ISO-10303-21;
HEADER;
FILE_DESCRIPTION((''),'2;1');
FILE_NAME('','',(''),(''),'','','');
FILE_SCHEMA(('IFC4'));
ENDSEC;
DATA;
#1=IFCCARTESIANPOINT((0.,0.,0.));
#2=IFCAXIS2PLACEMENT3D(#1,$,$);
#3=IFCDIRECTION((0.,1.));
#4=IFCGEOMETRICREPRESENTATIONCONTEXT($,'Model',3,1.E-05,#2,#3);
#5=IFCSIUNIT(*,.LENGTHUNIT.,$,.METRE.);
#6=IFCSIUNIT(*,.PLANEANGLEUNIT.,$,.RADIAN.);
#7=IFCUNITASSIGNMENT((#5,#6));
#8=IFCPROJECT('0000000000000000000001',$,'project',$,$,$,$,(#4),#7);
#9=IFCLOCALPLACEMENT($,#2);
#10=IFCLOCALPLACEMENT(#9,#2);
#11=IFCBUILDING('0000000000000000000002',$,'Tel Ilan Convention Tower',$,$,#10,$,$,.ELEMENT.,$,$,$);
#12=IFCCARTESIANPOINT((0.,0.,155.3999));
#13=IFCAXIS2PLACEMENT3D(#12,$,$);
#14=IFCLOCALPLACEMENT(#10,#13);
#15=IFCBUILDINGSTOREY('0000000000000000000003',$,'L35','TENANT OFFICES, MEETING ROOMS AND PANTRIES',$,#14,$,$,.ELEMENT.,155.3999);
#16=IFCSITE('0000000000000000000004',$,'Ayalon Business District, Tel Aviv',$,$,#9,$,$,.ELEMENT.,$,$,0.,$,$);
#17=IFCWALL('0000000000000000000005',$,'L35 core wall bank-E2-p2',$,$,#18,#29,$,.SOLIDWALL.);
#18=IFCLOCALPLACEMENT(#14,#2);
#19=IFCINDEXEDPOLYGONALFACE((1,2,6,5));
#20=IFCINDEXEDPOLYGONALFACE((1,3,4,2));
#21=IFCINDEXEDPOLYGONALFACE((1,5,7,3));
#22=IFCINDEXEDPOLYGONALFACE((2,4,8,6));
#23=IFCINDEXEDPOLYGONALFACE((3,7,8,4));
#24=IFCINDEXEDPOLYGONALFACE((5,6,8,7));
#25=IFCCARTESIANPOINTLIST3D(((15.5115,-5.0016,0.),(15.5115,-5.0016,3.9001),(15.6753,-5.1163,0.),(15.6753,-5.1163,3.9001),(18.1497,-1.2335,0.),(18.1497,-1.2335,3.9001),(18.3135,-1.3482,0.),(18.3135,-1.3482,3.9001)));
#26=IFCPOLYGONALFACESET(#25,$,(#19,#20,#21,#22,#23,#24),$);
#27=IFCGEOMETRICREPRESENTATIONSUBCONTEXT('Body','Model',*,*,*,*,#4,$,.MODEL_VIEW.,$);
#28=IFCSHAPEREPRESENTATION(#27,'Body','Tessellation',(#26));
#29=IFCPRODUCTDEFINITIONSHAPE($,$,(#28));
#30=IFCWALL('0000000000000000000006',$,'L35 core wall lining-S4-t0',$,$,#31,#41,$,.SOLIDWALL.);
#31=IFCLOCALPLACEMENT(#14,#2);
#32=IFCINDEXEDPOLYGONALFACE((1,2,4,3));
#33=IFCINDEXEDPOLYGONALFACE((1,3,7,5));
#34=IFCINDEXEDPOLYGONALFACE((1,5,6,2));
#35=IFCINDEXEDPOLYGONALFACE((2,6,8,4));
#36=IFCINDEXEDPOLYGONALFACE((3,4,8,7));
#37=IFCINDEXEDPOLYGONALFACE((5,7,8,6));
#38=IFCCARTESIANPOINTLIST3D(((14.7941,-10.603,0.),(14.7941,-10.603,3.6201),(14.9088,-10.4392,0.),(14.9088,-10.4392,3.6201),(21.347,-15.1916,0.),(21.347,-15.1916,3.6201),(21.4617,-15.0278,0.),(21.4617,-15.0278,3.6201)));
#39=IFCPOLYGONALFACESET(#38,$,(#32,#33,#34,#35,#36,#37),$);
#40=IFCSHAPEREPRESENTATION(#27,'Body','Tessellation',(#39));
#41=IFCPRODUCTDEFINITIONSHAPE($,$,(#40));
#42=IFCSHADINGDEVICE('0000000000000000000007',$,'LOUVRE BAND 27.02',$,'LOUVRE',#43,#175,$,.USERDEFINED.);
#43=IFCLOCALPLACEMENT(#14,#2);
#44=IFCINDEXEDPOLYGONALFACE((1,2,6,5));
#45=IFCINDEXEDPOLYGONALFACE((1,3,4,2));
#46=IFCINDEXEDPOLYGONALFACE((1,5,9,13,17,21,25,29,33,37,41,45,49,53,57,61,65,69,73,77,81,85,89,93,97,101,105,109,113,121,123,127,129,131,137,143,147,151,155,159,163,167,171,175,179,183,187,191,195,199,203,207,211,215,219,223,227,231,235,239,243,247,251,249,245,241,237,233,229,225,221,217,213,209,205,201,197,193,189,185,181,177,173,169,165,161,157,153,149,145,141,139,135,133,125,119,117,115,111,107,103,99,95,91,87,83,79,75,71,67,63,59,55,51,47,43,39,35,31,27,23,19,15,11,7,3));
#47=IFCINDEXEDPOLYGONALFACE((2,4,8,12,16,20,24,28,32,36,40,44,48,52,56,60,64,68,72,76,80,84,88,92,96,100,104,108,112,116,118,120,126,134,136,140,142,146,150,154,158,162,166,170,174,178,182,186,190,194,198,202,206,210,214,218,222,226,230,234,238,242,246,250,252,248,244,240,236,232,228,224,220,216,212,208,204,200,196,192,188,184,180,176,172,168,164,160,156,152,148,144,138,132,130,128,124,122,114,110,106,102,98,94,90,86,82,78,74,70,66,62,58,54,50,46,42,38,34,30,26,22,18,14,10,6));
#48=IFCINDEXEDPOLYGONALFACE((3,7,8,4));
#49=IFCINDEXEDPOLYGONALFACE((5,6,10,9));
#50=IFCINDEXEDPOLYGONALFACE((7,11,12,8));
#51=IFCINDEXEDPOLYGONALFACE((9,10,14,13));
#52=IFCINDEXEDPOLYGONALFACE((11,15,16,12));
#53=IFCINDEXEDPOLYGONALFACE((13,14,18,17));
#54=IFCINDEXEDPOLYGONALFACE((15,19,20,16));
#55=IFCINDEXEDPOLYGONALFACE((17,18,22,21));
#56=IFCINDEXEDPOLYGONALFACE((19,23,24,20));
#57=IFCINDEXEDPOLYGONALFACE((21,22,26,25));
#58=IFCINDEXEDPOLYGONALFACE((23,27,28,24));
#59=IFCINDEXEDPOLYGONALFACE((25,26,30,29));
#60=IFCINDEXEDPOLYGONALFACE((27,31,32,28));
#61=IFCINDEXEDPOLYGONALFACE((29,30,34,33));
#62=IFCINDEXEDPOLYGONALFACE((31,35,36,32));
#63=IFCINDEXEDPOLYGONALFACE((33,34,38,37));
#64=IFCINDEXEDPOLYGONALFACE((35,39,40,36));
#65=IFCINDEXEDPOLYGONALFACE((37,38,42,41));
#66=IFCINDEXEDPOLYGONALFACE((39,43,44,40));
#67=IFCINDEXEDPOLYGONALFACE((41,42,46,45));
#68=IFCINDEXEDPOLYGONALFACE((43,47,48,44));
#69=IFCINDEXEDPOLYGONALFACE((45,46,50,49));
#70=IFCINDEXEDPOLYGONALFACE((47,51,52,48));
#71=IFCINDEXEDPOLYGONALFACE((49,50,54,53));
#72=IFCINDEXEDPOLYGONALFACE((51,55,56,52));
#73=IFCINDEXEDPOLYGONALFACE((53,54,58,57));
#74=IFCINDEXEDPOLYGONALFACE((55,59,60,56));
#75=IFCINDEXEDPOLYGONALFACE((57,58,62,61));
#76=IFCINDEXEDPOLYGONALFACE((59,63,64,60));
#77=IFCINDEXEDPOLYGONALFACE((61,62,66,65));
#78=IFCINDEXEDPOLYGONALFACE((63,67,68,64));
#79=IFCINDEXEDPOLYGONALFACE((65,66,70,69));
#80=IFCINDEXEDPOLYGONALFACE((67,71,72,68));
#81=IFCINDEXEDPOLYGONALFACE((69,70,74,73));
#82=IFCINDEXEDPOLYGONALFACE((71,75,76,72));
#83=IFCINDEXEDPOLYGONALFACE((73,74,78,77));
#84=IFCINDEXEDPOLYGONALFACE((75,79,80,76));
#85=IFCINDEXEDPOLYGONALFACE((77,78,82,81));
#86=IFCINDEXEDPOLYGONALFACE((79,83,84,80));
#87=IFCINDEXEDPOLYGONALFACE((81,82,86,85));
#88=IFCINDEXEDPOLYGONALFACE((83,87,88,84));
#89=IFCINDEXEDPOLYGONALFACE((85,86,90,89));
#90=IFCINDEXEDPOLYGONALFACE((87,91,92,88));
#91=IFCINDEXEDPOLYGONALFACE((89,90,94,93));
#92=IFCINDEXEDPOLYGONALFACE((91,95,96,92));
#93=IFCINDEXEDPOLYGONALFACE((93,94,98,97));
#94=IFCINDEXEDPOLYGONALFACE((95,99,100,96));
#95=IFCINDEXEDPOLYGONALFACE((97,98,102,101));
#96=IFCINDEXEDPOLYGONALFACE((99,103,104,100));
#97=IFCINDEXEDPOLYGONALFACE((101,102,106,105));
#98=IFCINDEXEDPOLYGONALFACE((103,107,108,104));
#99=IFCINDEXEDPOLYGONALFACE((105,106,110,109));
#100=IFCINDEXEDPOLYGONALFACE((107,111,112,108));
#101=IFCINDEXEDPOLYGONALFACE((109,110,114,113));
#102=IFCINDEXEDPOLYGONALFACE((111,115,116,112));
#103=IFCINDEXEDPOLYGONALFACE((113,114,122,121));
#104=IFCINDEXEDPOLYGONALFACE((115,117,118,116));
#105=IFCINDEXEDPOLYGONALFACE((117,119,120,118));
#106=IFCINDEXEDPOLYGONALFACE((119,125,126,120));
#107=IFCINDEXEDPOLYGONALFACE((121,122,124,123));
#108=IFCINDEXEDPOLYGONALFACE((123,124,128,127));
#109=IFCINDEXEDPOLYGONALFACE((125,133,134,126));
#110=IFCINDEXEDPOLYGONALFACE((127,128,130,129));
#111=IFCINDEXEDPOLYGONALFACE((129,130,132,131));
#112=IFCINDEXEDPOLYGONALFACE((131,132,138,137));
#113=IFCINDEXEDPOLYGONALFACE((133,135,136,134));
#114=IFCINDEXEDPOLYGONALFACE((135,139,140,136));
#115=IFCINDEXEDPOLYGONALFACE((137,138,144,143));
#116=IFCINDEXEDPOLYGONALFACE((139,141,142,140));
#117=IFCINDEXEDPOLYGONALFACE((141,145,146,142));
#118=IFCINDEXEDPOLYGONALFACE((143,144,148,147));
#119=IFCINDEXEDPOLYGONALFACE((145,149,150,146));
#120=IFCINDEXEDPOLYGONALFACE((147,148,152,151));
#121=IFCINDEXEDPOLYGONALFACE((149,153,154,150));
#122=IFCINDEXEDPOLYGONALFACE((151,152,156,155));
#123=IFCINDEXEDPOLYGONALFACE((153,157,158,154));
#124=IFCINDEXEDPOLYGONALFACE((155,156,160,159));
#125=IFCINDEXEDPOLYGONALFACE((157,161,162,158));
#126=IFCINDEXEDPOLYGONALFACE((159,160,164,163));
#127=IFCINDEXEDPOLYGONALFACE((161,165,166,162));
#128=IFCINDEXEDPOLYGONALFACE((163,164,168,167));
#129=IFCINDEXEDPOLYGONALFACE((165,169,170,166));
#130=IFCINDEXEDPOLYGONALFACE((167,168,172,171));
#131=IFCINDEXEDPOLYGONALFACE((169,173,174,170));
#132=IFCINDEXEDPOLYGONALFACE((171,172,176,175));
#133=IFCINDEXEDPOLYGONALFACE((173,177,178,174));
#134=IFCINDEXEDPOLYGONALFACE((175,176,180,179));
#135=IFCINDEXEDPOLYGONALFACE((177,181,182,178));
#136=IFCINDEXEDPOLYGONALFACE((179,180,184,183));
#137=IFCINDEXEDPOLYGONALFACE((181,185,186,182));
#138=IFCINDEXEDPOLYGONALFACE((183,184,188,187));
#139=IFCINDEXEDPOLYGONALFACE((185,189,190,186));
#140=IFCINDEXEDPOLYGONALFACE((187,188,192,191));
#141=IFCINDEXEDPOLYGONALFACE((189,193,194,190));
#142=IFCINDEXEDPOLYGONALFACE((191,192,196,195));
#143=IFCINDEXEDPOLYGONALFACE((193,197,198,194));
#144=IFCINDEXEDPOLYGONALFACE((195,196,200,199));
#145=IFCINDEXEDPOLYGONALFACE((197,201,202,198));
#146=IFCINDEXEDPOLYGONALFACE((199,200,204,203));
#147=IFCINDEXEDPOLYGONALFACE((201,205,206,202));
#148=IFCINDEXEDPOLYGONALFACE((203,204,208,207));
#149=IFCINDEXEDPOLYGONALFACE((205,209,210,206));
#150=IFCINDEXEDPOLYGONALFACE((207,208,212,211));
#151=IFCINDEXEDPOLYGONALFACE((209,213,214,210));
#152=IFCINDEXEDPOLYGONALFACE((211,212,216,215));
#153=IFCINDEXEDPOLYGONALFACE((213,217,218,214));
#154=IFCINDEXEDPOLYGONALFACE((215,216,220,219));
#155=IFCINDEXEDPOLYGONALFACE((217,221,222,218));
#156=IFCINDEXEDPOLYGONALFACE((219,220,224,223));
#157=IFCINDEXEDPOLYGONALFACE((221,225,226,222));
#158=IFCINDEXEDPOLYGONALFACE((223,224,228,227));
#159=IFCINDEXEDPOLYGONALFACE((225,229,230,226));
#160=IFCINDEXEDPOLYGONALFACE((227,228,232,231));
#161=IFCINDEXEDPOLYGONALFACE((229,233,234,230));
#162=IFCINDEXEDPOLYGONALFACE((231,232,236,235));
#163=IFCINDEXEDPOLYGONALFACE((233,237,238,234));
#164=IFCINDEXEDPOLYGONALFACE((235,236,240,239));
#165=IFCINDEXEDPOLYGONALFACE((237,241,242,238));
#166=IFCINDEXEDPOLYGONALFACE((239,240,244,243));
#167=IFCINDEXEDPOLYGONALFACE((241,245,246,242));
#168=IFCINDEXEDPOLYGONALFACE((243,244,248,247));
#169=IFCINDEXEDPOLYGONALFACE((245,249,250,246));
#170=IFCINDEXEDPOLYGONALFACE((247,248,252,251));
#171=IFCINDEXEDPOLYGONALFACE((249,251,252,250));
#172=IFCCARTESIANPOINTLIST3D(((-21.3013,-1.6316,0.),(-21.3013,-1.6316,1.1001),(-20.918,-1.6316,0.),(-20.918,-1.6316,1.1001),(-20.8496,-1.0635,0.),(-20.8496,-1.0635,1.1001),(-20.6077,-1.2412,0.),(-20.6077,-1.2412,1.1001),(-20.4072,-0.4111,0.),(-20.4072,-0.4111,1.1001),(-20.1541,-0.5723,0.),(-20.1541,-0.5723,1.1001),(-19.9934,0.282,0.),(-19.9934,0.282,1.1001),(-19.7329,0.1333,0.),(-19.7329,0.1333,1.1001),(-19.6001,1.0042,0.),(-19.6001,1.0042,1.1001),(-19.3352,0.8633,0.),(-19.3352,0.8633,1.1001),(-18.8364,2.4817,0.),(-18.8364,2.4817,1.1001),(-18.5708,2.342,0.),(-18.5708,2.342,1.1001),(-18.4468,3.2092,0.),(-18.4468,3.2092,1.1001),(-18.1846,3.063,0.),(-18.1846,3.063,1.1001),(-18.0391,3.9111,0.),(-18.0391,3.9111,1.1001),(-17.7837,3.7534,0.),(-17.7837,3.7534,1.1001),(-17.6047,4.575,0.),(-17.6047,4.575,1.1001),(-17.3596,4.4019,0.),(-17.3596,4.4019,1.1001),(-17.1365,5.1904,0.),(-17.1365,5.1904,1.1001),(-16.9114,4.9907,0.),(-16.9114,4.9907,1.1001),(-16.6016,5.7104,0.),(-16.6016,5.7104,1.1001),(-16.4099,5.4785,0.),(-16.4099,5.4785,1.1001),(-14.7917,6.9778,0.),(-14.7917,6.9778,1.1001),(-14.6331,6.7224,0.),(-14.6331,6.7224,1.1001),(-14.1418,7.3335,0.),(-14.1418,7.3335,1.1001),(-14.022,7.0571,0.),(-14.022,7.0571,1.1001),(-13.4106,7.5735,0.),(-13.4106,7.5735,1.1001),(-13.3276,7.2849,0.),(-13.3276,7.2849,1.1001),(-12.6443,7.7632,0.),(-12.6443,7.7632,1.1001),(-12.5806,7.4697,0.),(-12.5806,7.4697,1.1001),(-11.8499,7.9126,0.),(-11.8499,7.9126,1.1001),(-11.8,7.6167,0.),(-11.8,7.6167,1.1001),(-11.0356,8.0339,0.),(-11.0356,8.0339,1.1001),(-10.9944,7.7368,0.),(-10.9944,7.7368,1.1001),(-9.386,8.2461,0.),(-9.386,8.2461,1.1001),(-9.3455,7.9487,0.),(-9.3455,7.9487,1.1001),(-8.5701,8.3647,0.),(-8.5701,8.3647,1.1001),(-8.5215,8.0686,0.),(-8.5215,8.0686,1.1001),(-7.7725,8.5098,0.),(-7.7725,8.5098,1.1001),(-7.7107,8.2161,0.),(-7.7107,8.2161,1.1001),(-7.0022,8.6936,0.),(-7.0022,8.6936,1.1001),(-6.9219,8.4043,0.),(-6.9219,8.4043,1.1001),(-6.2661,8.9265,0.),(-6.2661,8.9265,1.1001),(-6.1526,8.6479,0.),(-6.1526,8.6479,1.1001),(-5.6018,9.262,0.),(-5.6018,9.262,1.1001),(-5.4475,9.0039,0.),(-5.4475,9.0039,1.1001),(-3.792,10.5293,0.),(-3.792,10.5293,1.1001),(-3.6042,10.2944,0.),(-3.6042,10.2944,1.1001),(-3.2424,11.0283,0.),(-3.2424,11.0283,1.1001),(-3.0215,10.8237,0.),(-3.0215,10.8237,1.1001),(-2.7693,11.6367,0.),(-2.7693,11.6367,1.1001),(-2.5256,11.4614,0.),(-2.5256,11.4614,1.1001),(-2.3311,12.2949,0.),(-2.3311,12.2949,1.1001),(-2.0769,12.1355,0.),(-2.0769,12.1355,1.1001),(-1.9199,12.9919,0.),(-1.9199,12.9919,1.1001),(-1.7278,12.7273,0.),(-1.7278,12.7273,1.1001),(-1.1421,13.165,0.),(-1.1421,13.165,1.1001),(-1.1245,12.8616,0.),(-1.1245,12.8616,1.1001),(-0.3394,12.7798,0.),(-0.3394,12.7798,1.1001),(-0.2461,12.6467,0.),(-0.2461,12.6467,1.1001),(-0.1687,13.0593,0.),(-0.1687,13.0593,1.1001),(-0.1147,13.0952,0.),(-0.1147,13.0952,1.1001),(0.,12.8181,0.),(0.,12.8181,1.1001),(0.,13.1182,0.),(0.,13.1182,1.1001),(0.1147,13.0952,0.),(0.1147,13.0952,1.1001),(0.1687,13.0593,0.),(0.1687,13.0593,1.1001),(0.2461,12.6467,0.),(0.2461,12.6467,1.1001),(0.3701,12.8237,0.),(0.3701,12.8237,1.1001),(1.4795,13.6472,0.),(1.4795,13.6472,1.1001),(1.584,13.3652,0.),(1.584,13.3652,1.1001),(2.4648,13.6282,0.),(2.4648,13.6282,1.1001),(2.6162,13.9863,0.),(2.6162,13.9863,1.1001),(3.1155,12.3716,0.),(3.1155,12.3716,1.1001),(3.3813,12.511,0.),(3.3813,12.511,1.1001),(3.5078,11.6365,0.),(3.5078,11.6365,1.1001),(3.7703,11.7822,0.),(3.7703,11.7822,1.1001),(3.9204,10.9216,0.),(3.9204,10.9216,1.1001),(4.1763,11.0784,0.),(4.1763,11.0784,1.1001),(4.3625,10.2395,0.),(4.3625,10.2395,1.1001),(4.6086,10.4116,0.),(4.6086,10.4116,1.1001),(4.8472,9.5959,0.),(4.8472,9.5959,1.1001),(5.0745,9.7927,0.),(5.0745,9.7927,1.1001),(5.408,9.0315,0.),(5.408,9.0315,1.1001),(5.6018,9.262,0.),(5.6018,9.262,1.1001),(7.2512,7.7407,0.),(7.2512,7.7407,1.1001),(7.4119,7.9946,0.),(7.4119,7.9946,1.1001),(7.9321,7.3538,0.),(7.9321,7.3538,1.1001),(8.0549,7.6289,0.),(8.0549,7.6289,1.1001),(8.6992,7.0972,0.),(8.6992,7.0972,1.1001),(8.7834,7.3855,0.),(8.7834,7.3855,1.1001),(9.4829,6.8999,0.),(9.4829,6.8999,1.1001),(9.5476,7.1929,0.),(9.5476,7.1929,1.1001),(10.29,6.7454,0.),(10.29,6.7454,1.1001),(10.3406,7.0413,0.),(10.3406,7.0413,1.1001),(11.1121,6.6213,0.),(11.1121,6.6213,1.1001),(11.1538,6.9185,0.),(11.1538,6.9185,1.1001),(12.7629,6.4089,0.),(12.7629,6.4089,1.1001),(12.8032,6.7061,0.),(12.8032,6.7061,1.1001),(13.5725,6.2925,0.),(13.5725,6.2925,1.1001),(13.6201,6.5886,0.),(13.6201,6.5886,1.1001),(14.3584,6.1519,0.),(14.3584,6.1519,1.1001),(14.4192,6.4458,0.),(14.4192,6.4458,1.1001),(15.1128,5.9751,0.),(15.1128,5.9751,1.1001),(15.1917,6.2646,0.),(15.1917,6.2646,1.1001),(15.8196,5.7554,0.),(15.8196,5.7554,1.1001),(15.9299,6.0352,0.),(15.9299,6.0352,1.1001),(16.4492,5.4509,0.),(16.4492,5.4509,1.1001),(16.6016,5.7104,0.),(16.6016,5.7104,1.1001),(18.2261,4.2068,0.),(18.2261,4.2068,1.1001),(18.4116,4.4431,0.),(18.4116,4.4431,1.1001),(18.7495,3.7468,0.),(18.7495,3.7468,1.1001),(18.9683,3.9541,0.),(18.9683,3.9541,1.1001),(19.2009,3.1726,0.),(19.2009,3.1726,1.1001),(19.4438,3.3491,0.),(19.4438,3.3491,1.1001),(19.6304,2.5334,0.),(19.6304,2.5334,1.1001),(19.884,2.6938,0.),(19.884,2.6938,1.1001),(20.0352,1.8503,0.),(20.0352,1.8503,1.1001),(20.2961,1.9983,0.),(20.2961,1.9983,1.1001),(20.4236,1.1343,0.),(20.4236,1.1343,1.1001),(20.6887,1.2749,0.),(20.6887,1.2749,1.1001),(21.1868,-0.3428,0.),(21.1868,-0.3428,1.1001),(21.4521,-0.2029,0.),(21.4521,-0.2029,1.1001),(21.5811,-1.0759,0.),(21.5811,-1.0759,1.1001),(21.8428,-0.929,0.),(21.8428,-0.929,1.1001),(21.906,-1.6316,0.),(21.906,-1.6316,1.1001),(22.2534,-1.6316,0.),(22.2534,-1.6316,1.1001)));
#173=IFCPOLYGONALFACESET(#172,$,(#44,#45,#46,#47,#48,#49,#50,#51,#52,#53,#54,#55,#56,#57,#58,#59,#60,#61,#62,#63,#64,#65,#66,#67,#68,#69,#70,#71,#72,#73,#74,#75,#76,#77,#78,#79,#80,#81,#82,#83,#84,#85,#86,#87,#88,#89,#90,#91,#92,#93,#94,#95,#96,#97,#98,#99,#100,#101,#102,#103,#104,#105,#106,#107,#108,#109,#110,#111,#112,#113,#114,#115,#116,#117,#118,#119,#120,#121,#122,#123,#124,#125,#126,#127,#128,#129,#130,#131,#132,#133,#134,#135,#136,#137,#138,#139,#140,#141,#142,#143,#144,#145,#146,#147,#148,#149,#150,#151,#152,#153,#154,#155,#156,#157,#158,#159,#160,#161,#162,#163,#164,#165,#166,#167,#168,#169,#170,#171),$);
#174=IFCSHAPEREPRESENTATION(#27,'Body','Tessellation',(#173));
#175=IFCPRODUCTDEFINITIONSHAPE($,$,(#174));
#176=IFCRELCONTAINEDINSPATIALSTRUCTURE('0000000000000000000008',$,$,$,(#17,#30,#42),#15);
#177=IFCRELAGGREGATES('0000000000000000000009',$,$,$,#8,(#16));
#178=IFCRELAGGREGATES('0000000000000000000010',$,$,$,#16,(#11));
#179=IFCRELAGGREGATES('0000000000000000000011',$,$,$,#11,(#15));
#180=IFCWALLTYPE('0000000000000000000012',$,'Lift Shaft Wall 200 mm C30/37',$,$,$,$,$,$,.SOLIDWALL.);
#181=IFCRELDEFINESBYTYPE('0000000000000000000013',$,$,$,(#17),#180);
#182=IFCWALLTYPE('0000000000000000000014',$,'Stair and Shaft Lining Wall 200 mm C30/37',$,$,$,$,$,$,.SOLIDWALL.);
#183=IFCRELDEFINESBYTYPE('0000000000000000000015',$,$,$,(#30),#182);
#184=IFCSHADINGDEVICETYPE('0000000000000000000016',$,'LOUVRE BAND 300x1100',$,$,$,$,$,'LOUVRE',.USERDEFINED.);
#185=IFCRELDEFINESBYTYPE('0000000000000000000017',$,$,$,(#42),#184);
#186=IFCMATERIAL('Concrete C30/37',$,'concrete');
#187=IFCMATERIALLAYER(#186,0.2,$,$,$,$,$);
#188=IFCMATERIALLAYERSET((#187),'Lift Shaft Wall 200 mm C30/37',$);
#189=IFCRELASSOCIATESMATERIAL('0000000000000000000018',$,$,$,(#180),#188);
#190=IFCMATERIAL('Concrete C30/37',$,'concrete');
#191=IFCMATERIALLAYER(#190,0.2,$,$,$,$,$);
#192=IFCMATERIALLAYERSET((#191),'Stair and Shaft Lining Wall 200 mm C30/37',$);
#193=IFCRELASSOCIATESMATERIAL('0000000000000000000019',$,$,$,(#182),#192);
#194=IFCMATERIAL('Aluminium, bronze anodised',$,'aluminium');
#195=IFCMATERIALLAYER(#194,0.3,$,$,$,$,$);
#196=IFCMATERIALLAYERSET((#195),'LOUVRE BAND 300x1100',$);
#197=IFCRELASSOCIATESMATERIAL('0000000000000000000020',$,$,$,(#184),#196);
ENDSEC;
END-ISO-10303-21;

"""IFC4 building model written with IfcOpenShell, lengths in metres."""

from ifc_helpers import new_model, si_unit, direction, frame, frame_2d, origin, place, context, subcontext, project, spatial, polyline, rectangle, outline, extrude, material, layer, layer_set, type_object, element, save


model = new_model("IFC4")

# Units and contexts
model_context = context("Model", 3, precision=1e-05, world=origin(), true_north=direction((0.0, 1.0)))
body_context = subcontext(model_context, "Body", "Model", "MODEL_VIEW")
ifc_project = project(units=[si_unit("LENGTHUNIT", "METRE"), si_unit("PLANEANGLEUNIT", "RADIAN")], contexts=[model_context])

# Site, building, storey
site_placement = place(None, origin())
site = spatial("IfcSite", under=ifc_project, at=site_placement, Name="Ayalon Business District, Tel Aviv", CompositionType="ELEMENT", RefElevation=0.0)
building_placement = place(site_placement, origin())
building = spatial("IfcBuilding", under=site, at=building_placement, Name="Tel Ilan Convention Tower", CompositionType="ELEMENT")
storey_placement = place(building_placement, frame((0.0, 0.0, 155.3999)))
storey = spatial("IfcBuildingStorey", under=building, at=storey_placement, Name="L35", Description="TENANT OFFICES, MEETING ROOMS AND PANTRIES", CompositionType="ELEMENT", Elevation=155.3999)

# Walls
ifc_material_1 = material(Name="Concrete C30/37", Category="concrete")
ifc_layer_1 = layer(ifc_material_1, 0.2)
ifc_layer_set_1 = layer_set([ifc_layer_1], Name="Lift Shaft Wall 200 mm C30/37")
wall_type_1 = type_object("IfcWallType", Name="Lift Shaft Wall 200 mm C30/37", PredefinedType="SOLIDWALL", material=ifc_layer_set_1)
for number, where, z_axis, x_axis, name in (
    (1, (15.5935, -5.0588, 0.0), (0.0, 0.0, 1.0), (0.573541, 0.819177, 0.0), "L35 core wall bank-E2-p2"),
):
    element("IfcWall", number, at=place(storey_placement, frame(where, z_axis=z_axis, x_axis=x_axis)), inside=storey, type_object=wall_type_1, Name=name, PredefinedType="SOLIDWALL", context=body_context, shape_type="SweptSolid", body=[
        extrude(rectangle(XDim=4.5999, YDim=0.2, at=frame_2d((2.2998, 0.0))), origin(), (0.0, 0.0, 1.0), 3.9001),
    ])
ifc_material_2 = material(Name="Concrete C30/37", Category="concrete")
ifc_layer_2 = layer(ifc_material_2, 0.2)
ifc_layer_set_2 = layer_set([ifc_layer_2], Name="Stair and Shaft Lining Wall 200 mm C30/37")
wall_type_2 = type_object("IfcWallType", Name="Stair and Shaft Lining Wall 200 mm C30/37", PredefinedType="SOLIDWALL", material=ifc_layer_set_2)
wall_1_placement = place(storey_placement, frame((14.8513, -10.521, 0.0), z_axis=(0.0, 0.0, 1.0), x_axis=(0.819142, -0.573591, 0.0)))
element("IfcWall", 2, at=wall_1_placement, inside=storey, type_object=wall_type_2, Name="L35 core wall lining-S4-t0", PredefinedType="SOLIDWALL", context=body_context, shape_type="SweptSolid", body=[
    extrude(rectangle(XDim=7.9998, YDim=0.2, at=frame_2d((4.0, 0.0))), origin(), (0.0, 0.0, 1.0), 3.6201),
])

# Shading device
ifc_material_3 = material(Name="Aluminium, bronze anodised", Category="aluminium")
ifc_layer_3 = layer(ifc_material_3, 0.3)
ifc_layer_set_3 = layer_set([ifc_layer_3], Name="LOUVRE BAND 300x1100")
shading_device_type = type_object("IfcShadingDeviceType", Name="LOUVRE BAND 300x1100", ElementType="LOUVRE", PredefinedType="USERDEFINED", material=ifc_layer_set_3)
shading_device_1_placement = place(storey_placement, origin())
element("IfcShadingDevice", 3, at=shading_device_1_placement, inside=storey, type_object=shading_device_type, Name="LOUVRE BAND 27.02", ObjectType="LOUVRE", PredefinedType="USERDEFINED", context=body_context, shape_type="SweptSolid", body=[
    extrude(outline(polyline([(-20.8496, -1.0635), (-21.3013, -1.6316), (-20.918, -1.6316), (-20.6077, -1.2412), (-20.1541, -0.5723), (-19.7329, 0.1333), (-19.3352, 0.8633), (-18.5708, 2.342), (-18.1846, 3.063), (-17.7837, 3.7534), (-17.3596, 4.4019), (-16.9114, 4.9907), (-16.4099, 5.4785), (-14.6331, 6.7224), (-14.022, 7.0571), (-13.3276, 7.2849), (-12.5806, 7.4697), (-11.8, 7.6167), (-10.9944, 7.7368), (-9.3455, 7.9487), (-8.5215, 8.0686), (-7.7107, 8.2161), (-6.9219, 8.4043), (-6.1526, 8.6479), (-5.4475, 9.0039), (-3.6042, 10.2944), (-3.0215, 10.8237), (-2.5256, 11.4614), (-2.0769, 12.1355), (-1.7278, 12.7273), (-1.1245, 12.8616), (-0.3394, 12.7798), (-0.2461, 12.6467), (0.0, 12.8181), (0.2461, 12.6467), (0.3701, 12.8237), (1.584, 13.3652), (2.4648, 13.6282), (3.1155, 12.3716), (3.5078, 11.6365), (3.9204, 10.9216), (4.3625, 10.2395), (4.8472, 9.5959), (5.408, 9.0315), (7.2512, 7.7407), (7.9321, 7.3538), (8.6992, 7.0972), (9.4829, 6.8999), (10.29, 6.7454), (11.1121, 6.6213), (12.7629, 6.4089), (13.5725, 6.2925), (14.3584, 6.1519), (15.1128, 5.9751), (15.8196, 5.7554), (16.4492, 5.4509), (18.2261, 4.2068), (18.7495, 3.7468), (19.2009, 3.1726), (19.6304, 2.5334), (20.0352, 1.8503), (20.4236, 1.1343), (21.1868, -0.3428), (21.5811, -1.0759), (21.906, -1.6316), (22.2534, -1.6316), (21.8428, -0.929), (21.4521, -0.2029), (20.6887, 1.2749), (20.2961, 1.9983), (19.884, 2.6938), (19.4438, 3.3491), (18.9683, 3.9541), (18.4116, 4.4431), (16.6016, 5.7104), (15.9299, 6.0352), (15.1917, 6.2646), (14.4192, 6.4458), (13.6201, 6.5886), (12.8032, 6.7061), (11.1538, 6.9185), (10.3406, 7.0413), (9.5476, 7.1929), (8.7834, 7.3855), (8.0549, 7.6289), (7.4119, 7.9946), (5.6018, 9.262), (5.0745, 9.7927), (4.6086, 10.4116), (4.1763, 11.0784), (3.7703, 11.7822), (3.3813, 12.511), (2.6162, 13.9863), (1.4795, 13.6472), (0.1687, 13.0593), (0.1147, 13.0952), (0.0, 13.1182), (-0.1147, 13.0952), (-0.1687, 13.0593), (-1.1421, 13.165), (-1.9199, 12.9919), (-2.3311, 12.2949), (-2.7693, 11.6367), (-3.2424, 11.0283), (-3.792, 10.5293), (-5.6018, 9.262), (-6.2661, 8.9265), (-7.0022, 8.6936), (-7.7725, 8.5098), (-8.5701, 8.3647), (-9.386, 8.2461), (-11.0356, 8.0339), (-11.8499, 7.9126), (-12.6443, 7.7632), (-13.4106, 7.5735), (-14.1418, 7.3335), (-14.7917, 6.9778), (-16.6016, 5.7104), (-17.1365, 5.1904), (-17.6047, 4.575), (-18.0391, 3.9111), (-18.4468, 3.2092), (-18.8364, 2.4817), (-19.6001, 1.0042), (-19.9934, 0.282), (-20.4072, -0.4111), (-20.8496, -1.0635)])), origin(), (0.0, 0.0, 1.0), 1.1001),
])

save(model, "model.ifc")
